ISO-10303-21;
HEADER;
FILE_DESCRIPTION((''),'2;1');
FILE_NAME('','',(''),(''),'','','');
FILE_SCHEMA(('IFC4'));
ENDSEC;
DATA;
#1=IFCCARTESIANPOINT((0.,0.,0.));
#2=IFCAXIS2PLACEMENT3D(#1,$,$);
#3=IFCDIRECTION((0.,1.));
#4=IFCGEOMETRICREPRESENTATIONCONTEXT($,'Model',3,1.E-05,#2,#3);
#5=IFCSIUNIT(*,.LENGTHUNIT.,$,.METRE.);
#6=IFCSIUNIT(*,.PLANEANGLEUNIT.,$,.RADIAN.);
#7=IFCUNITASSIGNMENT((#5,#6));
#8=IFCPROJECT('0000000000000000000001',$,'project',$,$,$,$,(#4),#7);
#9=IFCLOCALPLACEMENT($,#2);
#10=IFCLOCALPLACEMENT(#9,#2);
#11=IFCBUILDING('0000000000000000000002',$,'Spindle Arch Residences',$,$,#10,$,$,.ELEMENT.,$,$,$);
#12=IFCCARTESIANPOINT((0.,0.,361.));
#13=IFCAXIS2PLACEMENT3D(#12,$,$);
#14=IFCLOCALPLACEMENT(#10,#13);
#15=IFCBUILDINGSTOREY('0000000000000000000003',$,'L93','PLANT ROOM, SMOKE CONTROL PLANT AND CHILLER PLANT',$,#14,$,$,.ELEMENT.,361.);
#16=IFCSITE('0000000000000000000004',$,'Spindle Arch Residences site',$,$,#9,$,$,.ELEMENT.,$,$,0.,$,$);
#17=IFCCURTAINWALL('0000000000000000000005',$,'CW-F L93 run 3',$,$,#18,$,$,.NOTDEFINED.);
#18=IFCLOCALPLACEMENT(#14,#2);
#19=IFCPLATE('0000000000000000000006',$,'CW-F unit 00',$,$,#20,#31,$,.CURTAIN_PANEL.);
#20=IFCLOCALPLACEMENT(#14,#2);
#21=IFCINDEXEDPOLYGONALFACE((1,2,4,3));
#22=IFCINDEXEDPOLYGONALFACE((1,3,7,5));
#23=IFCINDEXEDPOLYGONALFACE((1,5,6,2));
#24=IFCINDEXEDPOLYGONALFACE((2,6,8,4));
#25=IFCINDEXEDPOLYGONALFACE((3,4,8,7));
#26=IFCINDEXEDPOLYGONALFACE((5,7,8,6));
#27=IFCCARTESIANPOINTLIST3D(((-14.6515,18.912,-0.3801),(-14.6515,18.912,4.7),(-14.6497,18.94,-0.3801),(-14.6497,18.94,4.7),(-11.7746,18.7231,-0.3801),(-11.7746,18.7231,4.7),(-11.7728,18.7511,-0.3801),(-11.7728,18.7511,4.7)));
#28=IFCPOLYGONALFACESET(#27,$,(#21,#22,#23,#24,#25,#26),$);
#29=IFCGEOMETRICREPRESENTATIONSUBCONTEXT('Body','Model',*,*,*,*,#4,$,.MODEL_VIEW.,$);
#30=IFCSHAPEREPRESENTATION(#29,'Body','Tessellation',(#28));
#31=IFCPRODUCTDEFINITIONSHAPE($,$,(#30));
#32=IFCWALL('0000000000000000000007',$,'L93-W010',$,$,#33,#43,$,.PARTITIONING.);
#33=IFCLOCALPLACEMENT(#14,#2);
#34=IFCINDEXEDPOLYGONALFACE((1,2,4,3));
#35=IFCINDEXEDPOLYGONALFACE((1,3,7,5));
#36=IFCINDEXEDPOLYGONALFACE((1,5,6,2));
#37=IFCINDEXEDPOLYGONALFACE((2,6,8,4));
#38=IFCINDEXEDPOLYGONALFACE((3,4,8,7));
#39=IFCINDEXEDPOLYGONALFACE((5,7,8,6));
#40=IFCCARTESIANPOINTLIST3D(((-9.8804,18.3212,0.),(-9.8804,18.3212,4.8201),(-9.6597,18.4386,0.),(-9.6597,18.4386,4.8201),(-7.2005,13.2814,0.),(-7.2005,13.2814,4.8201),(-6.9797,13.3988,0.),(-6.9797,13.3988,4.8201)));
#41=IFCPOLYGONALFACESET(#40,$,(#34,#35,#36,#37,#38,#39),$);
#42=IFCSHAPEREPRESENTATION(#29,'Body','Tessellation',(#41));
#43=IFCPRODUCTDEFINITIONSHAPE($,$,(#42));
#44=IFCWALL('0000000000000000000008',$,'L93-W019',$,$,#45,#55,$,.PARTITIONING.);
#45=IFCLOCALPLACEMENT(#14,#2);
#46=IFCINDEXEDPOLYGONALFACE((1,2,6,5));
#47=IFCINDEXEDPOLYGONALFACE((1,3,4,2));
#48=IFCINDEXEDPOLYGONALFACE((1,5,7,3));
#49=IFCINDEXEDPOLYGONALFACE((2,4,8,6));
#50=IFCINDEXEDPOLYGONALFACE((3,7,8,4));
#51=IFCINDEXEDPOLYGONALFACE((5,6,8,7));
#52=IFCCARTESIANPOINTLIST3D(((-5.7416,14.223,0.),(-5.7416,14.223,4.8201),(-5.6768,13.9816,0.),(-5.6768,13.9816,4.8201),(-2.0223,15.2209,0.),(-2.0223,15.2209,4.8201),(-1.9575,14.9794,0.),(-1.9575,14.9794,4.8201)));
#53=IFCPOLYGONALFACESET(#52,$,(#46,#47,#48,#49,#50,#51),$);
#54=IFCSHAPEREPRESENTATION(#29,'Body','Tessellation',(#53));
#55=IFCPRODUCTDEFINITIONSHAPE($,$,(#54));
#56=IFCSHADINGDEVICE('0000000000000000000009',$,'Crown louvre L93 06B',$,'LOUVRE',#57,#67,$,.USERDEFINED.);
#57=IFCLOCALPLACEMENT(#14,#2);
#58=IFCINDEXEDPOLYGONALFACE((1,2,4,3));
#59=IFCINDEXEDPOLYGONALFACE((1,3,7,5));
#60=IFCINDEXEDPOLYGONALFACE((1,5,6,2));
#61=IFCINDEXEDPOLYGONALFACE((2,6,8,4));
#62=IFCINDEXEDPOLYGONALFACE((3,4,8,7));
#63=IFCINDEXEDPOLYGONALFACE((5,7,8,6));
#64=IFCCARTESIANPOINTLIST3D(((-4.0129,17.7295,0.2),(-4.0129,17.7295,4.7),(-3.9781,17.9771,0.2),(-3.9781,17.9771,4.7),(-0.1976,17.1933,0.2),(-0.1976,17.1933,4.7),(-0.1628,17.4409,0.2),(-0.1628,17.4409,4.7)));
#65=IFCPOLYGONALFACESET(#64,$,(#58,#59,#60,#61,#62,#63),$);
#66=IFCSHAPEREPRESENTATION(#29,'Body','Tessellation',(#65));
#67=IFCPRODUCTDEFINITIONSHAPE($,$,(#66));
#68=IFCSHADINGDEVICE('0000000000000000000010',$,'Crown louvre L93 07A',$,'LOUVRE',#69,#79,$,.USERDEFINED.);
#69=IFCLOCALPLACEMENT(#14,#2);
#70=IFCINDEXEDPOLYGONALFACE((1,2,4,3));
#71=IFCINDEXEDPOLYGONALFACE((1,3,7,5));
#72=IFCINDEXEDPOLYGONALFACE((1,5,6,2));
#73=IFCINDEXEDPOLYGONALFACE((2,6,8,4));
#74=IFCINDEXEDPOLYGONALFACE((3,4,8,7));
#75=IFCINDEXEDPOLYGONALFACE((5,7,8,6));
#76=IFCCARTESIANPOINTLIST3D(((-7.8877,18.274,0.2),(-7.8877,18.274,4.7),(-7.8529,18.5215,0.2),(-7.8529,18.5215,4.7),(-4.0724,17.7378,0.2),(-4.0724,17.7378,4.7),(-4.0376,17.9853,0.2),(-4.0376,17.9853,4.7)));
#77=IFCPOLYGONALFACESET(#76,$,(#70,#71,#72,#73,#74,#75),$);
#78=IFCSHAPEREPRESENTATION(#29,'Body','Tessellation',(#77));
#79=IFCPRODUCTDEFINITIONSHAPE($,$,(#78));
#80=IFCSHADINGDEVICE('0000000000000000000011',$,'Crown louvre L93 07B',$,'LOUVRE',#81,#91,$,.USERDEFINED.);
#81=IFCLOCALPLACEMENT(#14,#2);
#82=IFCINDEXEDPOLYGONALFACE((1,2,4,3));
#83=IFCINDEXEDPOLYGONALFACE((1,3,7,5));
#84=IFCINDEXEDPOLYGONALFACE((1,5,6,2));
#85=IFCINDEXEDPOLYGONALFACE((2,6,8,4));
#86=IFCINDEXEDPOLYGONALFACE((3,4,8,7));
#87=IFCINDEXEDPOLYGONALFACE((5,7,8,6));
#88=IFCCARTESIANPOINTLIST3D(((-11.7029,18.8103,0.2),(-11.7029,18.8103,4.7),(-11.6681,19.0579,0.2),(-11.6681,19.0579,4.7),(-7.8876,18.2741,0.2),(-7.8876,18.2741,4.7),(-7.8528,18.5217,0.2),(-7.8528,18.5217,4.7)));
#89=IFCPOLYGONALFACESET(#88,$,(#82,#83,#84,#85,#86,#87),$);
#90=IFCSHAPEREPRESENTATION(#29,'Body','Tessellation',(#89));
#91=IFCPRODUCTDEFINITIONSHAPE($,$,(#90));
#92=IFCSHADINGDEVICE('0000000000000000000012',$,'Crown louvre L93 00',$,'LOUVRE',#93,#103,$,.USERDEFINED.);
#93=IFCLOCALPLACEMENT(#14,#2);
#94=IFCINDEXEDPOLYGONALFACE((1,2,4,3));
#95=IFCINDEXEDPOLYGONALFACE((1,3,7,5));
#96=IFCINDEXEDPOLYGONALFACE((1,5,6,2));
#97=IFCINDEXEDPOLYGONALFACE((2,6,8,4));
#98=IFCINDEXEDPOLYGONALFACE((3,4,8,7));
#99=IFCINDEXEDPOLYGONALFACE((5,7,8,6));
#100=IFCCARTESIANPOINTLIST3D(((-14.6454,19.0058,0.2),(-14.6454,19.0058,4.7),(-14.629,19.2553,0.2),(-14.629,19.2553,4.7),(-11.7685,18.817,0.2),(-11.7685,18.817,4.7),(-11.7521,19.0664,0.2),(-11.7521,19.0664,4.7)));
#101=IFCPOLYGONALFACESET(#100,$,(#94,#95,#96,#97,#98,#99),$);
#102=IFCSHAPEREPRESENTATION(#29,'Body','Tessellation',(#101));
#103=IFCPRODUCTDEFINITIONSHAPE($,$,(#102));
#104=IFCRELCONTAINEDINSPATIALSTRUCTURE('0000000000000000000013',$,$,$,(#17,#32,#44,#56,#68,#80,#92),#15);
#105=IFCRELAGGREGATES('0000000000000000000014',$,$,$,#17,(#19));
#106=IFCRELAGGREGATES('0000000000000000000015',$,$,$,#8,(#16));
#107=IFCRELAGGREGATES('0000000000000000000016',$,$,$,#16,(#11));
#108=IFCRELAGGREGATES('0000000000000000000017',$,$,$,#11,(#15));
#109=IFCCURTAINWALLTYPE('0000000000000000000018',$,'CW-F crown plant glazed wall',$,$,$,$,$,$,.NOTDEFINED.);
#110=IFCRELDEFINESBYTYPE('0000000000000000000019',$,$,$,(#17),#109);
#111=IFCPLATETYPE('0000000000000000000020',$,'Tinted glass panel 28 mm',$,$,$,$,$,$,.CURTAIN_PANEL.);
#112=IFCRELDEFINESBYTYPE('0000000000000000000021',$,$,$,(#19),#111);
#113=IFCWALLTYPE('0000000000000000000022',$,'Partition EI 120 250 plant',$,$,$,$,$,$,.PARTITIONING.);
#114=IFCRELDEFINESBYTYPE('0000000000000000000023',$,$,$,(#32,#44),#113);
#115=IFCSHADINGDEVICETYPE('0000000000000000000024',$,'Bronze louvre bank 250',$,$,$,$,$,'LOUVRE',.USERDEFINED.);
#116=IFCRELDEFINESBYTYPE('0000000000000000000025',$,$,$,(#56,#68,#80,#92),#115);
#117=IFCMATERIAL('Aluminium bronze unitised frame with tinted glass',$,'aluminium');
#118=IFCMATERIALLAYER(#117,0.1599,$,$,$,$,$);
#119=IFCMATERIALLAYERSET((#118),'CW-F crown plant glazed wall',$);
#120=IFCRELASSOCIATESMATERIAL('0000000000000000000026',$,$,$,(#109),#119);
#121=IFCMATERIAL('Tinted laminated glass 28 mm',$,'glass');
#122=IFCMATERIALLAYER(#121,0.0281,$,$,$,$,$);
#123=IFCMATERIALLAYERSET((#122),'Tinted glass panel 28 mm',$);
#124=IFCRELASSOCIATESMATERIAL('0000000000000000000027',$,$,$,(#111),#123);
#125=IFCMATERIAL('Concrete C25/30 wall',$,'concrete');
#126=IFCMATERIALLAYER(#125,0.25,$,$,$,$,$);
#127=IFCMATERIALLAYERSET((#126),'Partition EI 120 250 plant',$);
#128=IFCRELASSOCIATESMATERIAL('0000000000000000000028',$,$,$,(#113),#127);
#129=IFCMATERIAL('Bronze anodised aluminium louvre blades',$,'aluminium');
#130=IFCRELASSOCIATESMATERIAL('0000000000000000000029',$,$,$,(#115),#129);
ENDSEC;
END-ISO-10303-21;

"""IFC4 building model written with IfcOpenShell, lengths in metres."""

from ifc_helpers import new_model, si_unit, direction, frame, frame_2d, origin, origin_2d, place, context, subcontext, project, spatial, rectangle, extrude, material, layer, layer_set, type_object, element, aggregate, save


model = new_model("IFC4")

# Units and contexts
model_context = context("Model", 3, precision=1e-05, world=origin(), true_north=direction((0.0, 1.0)))
body_context = subcontext(model_context, "Body", "Model", "MODEL_VIEW")
ifc_project = project(units=[si_unit("LENGTHUNIT", "METRE"), si_unit("PLANEANGLEUNIT", "RADIAN")], contexts=[model_context])

# Site, building, storey
site_placement = place(None, origin())
site = spatial("IfcSite", under=ifc_project, at=site_placement, Name="Spindle Arch Residences site", CompositionType="ELEMENT", RefElevation=0.0)
building_placement = place(site_placement, origin())
building = spatial("IfcBuilding", under=site, at=building_placement, Name="Spindle Arch Residences", CompositionType="ELEMENT")
storey_placement = place(building_placement, frame((0.0, 0.0, 361.0)))
storey = spatial("IfcBuildingStorey", under=building, at=storey_placement, Name="L93", Description="PLANT ROOM, SMOKE CONTROL PLANT AND CHILLER PLANT", CompositionType="ELEMENT", Elevation=361.0)

# Shared definitions
ifc_material_1 = material(Name="Aluminium bronze unitised frame with tinted glass", Category="aluminium")
ifc_layer_1 = layer(ifc_material_1, 0.1599)
ifc_layer_set_1 = layer_set([ifc_layer_1], Name="CW-F crown plant glazed wall")
curtain_wall_type = type_object("IfcCurtainWallType", Name="CW-F crown plant glazed wall", PredefinedType="NOTDEFINED", material=ifc_layer_set_1)

# Curtain wall
curtain_wall_1_placement = place(storey_placement, origin())
curtain_wall_1 = element("IfcCurtainWall", 1, at=curtain_wall_1_placement, inside=storey, type_object=curtain_wall_type, Name="CW-F L93 run 3", PredefinedType="NOTDEFINED")

# Plate
ifc_material_2 = material(Name="Tinted laminated glass 28 mm", Category="glass")
ifc_layer_2 = layer(ifc_material_2, 0.0281)
ifc_layer_set_2 = layer_set([ifc_layer_2], Name="Tinted glass panel 28 mm")
plate_type = type_object("IfcPlateType", Name="Tinted glass panel 28 mm", PredefinedType="CURTAIN_PANEL", material=ifc_layer_set_2)
plate_1_placement = place(storey_placement, frame((-13.2122, 18.8315, -0.3801), z_axis=(0.0, 0.0, 1.0), x_axis=(-0.997852, 0.06551, 0.0)))
plate_1 = element("IfcPlate", 2, at=plate_1_placement, type_object=plate_type, Name="CW-F unit 00", PredefinedType="CURTAIN_PANEL", context=body_context, shape_type="SweptSolid", body=[
    extrude(rectangle(XDim=2.8831, YDim=0.0281, at=origin_2d()), origin(), (0.0, 0.0, 1.0), 5.0801),
])
aggregate(curtain_wall_1, [plate_1])

# Walls
ifc_material_3 = material(Name="Concrete C25/30 wall", Category="concrete")
ifc_layer_3 = layer(ifc_material_3, 0.25)
ifc_layer_set_3 = layer_set([ifc_layer_3], Name="Partition EI 120 250 plant")
wall_type = type_object("IfcWallType", Name="Partition EI 120 250 plant", PredefinedType="PARTITIONING", material=ifc_layer_set_3)
wall_1_placement = place(storey_placement, frame((-9.77, 18.3799, 0.0), z_axis=(0.0, 0.0, 1.0), x_axis=(0.469502, -0.882931, 0.0)))
element("IfcWall", 3, at=wall_1_placement, inside=storey, type_object=wall_type, Name="L93-W010", PredefinedType="PARTITIONING", context=body_context, shape_type="SweptSolid", body=[
    extrude(rectangle(XDim=5.708, YDim=0.25, at=frame_2d((2.854, 0.0))), origin(), (0.0, 0.0, 1.0), 4.8201),
])
wall_2_placement = place(storey_placement, frame((-1.99, 15.1001, 0.0), z_axis=(0.0, 0.0, 1.0), x_axis=(-0.965846, -0.259118, 0.0)))
element("IfcWall", 4, at=wall_2_placement, inside=storey, type_object=wall_type, Name="L93-W019", PredefinedType="PARTITIONING", context=body_context, shape_type="SweptSolid", body=[
    extrude(rectangle(XDim=3.8508, YDim=0.25, at=frame_2d((1.9253, 0.0))), origin(), (0.0, 0.0, 1.0), 4.8201),
])

# Shading devices
ifc_material_4 = material(Name="Bronze anodised aluminium louvre blades", Category="aluminium")
shading_device_type = type_object("IfcShadingDeviceType", Name="Bronze louvre bank 250", ElementType="LOUVRE", PredefinedType="USERDEFINED", material=ifc_material_4)
for number, where, z_axis, x_axis, name in (
    (5, (-2.0879, 17.5852, 0.2), (0.0, 0.0, 1.0), (-0.990268, 0.139173, 0.0), "Crown louvre L93 06B"),
    (6, (-5.9626, 18.1296, 0.2), (0.0, 0.0, 1.0), (-0.990268, 0.139173, 0.0), "Crown louvre L93 07A"),
    (7, (-9.7778, 18.666, 0.2), (0.0, 0.0, 1.0), (-0.990268, 0.139173, 0.0), "Crown louvre L93 07B"),
):
    element("IfcShadingDevice", number, at=place(storey_placement, frame(where, z_axis=z_axis, x_axis=x_axis)), inside=storey, type_object=shading_device_type, Name=name, ObjectType="LOUVRE", PredefinedType="USERDEFINED", context=body_context, shape_type="SweptSolid", body=[
        extrude(rectangle(XDim=3.8528, YDim=0.25, at=origin_2d()), origin(), (0.0, 0.0, 1.0), 4.5),
    ])
shading_device_placement = place(storey_placement, frame((-13.1987, 19.0361, 0.2), z_axis=(0.0, 0.0, 1.0), x_axis=(-0.997852, 0.06551, 0.0)))
element("IfcShadingDevice", 8, at=shading_device_placement, inside=storey, type_object=shading_device_type, Name="Crown louvre L93 00", ObjectType="LOUVRE", PredefinedType="USERDEFINED", context=body_context, shape_type="SweptSolid", body=[
    extrude(rectangle(XDim=2.8831, YDim=0.25, at=origin_2d()), origin(), (0.0, 0.0, 1.0), 4.5),
])

save(model, "model.ifc")
